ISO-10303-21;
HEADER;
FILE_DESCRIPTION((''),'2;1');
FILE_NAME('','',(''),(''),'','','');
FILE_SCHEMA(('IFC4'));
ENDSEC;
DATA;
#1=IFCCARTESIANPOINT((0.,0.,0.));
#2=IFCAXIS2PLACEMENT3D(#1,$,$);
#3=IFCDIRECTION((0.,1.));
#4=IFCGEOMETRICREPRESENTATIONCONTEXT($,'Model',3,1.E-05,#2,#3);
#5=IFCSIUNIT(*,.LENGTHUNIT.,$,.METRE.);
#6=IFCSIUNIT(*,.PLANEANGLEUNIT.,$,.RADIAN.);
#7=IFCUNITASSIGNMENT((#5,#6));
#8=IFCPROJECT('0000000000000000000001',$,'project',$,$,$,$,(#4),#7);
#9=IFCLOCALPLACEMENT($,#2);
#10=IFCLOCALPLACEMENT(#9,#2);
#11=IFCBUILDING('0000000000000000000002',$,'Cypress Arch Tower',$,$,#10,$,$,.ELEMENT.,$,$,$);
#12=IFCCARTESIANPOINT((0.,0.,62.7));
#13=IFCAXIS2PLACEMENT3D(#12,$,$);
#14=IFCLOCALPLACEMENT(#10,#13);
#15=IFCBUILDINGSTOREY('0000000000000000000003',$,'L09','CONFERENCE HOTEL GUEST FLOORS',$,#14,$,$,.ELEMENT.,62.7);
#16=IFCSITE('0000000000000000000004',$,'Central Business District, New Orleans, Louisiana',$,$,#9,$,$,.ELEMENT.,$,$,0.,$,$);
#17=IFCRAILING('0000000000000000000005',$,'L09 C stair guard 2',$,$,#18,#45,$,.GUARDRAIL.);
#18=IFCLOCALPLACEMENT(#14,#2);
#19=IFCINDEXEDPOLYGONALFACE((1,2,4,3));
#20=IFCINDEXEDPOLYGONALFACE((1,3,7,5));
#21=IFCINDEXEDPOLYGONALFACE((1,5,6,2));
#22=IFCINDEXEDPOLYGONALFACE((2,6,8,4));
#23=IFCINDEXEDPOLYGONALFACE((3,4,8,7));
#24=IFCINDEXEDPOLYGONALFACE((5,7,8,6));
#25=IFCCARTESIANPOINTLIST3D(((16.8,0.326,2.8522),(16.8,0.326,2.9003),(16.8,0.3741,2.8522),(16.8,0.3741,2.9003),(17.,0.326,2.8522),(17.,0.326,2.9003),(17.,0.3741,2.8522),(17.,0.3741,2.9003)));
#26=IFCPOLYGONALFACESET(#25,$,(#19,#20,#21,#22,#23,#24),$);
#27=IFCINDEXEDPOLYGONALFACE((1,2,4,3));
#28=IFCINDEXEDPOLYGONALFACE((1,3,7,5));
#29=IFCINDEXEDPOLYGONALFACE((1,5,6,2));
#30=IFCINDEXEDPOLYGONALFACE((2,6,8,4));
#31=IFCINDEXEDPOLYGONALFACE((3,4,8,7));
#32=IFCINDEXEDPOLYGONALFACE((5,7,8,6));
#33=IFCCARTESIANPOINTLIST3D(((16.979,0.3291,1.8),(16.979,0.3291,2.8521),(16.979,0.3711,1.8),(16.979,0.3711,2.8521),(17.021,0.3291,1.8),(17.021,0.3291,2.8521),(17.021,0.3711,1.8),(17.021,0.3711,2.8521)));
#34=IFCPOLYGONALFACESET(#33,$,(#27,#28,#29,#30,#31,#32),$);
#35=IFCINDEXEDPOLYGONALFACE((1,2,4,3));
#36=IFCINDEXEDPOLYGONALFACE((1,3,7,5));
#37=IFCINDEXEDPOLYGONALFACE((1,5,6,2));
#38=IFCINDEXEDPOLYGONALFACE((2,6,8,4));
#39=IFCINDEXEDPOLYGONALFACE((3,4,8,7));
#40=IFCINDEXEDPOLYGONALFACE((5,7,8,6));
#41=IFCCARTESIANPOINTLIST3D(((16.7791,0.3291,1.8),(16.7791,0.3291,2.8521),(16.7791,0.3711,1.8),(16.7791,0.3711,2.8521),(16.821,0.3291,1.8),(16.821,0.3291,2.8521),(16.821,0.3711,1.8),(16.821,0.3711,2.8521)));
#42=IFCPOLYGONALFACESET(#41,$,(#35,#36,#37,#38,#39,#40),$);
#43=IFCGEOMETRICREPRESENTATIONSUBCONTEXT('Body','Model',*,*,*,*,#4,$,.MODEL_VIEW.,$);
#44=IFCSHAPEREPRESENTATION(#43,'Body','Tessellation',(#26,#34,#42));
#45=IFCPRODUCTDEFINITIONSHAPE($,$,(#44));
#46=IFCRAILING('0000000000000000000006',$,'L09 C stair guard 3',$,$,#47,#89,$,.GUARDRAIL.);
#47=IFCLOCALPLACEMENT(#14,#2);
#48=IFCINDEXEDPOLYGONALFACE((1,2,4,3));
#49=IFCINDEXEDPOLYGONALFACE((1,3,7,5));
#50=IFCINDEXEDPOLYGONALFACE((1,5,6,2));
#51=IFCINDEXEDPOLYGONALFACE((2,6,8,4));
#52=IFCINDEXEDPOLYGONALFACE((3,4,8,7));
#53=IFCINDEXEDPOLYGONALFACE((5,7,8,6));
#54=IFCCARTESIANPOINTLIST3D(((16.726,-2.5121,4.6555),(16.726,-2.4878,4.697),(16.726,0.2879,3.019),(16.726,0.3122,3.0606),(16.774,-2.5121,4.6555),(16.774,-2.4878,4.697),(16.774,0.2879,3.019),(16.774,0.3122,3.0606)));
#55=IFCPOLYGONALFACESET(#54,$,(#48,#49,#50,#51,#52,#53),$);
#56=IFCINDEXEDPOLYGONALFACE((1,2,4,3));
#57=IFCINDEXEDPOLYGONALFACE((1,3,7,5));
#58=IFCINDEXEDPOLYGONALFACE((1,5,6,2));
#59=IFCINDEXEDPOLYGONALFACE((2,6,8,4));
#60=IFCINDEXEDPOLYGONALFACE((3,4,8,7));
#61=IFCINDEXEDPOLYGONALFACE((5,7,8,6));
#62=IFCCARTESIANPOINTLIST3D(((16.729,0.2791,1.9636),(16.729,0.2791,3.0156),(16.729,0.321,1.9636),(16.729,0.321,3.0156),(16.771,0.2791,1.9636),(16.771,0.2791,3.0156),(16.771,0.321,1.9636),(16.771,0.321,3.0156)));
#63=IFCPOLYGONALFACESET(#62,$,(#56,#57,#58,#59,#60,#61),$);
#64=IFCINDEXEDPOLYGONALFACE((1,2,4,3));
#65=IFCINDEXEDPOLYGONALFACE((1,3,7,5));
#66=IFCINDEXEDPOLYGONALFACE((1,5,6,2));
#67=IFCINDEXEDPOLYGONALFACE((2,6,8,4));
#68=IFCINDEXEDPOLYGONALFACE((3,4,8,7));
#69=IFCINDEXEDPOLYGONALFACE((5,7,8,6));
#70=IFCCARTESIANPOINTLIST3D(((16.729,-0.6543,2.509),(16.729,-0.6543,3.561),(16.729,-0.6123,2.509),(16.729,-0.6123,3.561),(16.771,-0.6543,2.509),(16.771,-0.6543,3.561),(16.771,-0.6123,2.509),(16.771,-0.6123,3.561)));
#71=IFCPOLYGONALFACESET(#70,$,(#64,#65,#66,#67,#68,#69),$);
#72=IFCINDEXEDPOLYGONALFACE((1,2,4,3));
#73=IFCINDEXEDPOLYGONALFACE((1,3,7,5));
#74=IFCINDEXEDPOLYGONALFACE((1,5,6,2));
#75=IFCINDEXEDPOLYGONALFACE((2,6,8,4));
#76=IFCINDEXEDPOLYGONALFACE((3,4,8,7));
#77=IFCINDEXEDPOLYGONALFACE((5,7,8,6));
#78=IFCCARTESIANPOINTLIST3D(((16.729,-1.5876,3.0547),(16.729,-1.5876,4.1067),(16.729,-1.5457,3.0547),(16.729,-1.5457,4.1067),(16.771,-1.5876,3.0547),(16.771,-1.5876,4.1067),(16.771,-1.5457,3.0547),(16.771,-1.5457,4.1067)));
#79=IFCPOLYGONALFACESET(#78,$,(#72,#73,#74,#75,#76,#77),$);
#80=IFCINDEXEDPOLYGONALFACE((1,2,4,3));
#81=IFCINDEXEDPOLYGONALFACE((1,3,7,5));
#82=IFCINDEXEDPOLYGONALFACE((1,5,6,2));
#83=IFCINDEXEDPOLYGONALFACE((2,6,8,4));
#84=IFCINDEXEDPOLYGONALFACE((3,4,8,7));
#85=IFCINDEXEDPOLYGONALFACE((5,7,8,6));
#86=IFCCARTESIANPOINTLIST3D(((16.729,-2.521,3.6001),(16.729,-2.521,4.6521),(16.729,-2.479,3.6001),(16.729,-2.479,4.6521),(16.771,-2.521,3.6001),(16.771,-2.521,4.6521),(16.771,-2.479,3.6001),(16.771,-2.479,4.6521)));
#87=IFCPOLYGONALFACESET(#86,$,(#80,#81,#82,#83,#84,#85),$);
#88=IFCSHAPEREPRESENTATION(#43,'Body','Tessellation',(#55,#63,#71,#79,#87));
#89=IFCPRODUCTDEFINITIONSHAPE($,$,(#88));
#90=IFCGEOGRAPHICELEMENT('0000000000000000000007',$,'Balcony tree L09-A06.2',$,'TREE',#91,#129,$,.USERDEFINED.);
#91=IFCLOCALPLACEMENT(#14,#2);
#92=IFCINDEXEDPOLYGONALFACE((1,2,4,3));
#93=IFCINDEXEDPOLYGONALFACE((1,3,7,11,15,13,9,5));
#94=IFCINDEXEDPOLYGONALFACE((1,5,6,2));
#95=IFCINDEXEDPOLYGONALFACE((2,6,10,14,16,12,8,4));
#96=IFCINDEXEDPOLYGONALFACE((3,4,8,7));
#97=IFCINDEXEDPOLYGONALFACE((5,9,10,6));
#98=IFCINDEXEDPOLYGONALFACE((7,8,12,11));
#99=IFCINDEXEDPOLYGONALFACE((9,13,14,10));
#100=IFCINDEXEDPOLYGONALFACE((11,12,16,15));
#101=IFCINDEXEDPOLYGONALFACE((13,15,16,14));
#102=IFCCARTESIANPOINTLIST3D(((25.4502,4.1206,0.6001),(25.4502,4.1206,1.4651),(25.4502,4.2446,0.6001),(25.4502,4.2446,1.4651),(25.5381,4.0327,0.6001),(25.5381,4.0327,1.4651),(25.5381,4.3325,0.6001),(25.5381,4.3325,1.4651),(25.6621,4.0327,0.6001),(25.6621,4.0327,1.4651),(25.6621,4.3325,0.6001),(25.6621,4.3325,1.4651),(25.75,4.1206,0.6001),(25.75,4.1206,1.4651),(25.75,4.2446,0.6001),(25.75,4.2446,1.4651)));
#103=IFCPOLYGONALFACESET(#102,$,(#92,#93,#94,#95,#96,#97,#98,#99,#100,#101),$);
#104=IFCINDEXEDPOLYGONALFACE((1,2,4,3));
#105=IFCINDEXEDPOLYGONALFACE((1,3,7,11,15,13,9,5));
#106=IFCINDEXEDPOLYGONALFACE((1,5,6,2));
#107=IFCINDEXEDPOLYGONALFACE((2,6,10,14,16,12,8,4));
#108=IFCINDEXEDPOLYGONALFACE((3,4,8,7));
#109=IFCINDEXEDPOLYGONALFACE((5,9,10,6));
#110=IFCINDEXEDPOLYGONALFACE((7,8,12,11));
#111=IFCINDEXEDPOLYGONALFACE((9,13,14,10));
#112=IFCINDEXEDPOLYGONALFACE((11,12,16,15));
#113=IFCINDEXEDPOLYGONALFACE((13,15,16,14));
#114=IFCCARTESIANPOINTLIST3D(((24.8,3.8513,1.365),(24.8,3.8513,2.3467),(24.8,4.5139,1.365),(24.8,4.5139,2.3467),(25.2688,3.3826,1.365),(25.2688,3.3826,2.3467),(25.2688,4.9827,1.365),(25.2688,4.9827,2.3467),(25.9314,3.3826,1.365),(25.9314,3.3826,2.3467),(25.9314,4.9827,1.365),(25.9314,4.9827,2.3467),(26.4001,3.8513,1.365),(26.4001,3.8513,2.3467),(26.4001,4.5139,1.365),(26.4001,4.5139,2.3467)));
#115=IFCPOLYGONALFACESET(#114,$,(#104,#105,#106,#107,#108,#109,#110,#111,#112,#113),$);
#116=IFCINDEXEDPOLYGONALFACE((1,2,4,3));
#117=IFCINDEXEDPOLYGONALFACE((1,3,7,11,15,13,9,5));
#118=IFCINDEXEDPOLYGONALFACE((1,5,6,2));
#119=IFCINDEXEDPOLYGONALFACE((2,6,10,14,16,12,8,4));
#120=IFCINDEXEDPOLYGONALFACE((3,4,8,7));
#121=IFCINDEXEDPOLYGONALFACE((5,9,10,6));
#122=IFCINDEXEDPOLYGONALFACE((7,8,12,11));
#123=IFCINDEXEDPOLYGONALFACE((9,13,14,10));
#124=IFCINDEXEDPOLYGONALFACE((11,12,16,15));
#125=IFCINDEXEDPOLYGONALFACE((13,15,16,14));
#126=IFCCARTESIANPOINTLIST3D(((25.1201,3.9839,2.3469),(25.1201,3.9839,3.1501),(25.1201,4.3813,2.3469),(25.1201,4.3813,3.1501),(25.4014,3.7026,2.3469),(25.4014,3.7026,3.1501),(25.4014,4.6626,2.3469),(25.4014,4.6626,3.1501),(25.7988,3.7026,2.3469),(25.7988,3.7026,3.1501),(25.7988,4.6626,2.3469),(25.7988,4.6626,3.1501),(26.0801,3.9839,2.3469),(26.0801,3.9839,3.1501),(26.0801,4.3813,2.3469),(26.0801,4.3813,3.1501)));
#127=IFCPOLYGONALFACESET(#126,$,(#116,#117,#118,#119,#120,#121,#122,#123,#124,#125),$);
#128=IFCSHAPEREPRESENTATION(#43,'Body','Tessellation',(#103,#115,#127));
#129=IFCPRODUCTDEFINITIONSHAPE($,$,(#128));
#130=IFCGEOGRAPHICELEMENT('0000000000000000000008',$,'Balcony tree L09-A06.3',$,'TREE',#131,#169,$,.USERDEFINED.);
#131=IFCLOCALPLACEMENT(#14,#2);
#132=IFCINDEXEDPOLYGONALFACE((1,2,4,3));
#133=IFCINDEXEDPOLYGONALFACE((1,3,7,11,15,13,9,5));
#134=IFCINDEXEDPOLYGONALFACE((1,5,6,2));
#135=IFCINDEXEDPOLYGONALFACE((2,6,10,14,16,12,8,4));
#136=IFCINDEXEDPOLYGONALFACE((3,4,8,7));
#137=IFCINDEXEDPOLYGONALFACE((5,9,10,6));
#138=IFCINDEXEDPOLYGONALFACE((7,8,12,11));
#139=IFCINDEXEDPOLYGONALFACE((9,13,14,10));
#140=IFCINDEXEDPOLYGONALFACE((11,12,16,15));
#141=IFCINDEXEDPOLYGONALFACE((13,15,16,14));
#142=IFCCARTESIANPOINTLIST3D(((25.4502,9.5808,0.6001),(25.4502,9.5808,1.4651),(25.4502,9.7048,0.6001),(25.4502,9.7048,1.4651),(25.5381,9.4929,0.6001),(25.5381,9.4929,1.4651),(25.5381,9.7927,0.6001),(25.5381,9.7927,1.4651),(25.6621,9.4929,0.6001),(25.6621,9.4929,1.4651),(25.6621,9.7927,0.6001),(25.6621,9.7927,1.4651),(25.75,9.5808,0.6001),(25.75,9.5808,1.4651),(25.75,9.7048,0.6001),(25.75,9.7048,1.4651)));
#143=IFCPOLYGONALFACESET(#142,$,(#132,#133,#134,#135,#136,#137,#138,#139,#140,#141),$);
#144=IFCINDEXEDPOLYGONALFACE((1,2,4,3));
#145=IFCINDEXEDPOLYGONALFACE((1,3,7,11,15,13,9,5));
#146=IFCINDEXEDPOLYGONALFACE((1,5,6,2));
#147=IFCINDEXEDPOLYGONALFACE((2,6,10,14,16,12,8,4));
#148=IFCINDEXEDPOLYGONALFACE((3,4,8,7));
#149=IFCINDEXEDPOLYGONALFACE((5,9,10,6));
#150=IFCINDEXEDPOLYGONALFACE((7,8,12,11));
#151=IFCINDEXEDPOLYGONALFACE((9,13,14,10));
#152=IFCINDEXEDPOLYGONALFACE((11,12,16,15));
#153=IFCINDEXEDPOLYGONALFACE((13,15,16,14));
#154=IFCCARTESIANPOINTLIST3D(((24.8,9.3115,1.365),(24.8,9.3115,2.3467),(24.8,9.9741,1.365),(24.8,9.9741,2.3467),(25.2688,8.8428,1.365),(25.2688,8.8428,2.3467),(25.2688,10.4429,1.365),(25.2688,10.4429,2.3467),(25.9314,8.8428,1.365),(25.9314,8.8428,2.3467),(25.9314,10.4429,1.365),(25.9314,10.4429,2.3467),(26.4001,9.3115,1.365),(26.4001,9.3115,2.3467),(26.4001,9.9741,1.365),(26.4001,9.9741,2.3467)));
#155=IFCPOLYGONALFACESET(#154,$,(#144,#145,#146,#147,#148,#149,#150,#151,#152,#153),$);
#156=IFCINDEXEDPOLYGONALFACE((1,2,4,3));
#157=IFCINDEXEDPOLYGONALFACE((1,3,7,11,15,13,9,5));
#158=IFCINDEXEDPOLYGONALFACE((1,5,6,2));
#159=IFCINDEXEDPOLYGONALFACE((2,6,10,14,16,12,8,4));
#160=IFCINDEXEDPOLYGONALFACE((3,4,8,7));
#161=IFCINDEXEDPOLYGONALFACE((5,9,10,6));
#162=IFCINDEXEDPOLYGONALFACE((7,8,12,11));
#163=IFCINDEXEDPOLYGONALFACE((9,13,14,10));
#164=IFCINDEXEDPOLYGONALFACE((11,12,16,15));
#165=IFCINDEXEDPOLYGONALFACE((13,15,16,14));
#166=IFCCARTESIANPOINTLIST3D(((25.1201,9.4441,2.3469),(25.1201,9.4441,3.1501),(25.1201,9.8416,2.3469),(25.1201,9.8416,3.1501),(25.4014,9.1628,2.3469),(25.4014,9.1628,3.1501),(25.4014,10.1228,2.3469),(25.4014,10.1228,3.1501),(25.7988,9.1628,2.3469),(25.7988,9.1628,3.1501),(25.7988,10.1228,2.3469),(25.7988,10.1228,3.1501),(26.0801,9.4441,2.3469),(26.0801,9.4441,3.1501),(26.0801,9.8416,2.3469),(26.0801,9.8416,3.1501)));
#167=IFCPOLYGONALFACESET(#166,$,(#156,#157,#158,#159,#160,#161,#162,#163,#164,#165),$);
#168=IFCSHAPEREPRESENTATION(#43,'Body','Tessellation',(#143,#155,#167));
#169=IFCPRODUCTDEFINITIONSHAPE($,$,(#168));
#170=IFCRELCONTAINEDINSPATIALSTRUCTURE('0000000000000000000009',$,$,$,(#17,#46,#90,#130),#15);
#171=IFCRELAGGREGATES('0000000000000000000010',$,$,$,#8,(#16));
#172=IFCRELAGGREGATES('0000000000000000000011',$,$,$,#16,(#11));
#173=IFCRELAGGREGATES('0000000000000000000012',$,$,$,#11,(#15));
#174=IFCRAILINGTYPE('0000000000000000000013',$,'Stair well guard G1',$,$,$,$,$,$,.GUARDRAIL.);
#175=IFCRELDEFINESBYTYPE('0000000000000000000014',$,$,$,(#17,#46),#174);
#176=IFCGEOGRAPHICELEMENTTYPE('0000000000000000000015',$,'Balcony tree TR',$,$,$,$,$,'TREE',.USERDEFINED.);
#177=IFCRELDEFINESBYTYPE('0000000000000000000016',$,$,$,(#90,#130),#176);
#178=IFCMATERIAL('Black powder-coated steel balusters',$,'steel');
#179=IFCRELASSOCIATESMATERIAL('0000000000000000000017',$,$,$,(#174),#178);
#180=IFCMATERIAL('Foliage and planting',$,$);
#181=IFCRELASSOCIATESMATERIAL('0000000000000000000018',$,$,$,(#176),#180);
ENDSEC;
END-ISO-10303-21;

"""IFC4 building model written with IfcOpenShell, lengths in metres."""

from ifc_helpers import new_model, si_unit, direction, frame, origin, origin_2d, place, context, subcontext, project, spatial, polyline, rectangle, outline, extrude, material, type_object, element, save


model = new_model("IFC4")

# Units and contexts
model_context = context("Model", 3, precision=1e-05, world=origin(), true_north=direction((0.0, 1.0)))
body_context = subcontext(model_context, "Body", "Model", "MODEL_VIEW")
ifc_project = project(units=[si_unit("LENGTHUNIT", "METRE"), si_unit("PLANEANGLEUNIT", "RADIAN")], contexts=[model_context])

# Site, building, storey
site_placement = place(None, origin())
site = spatial("IfcSite", under=ifc_project, at=site_placement, Name="Central Business District, New Orleans, Louisiana", CompositionType="ELEMENT", RefElevation=0.0)
building_placement = place(site_placement, origin())
building = spatial("IfcBuilding", under=site, at=building_placement, Name="Cypress Arch Tower", CompositionType="ELEMENT")
storey_placement = place(building_placement, frame((0.0, 0.0, 62.7)))
storey = spatial("IfcBuildingStorey", under=building, at=storey_placement, Name="L09", Description="CONFERENCE HOTEL GUEST FLOORS", CompositionType="ELEMENT", Elevation=62.7)

# Railings
ifc_material_1 = material(Name="Black powder-coated steel balusters", Category="steel")
railing_type_1 = type_object("IfcRailingType", Name="Stair well guard G1", PredefinedType="GUARDRAIL", material=ifc_material_1)
railing_1_placement = place(storey_placement, frame((17.0, 0.3501, 1.8)))
element("IfcRailing", 1, at=railing_1_placement, inside=storey, type_object=railing_type_1, Name="L09 C stair guard 2", PredefinedType="GUARDRAIL", context=body_context, shape_type="SweptSolid", body=[
    extrude(rectangle(XDim=0.0481, YDim=0.0481, at=origin_2d()), frame((0.0, 0.0, 1.0762), z_axis=(-1.0, 0.0, 0.0), x_axis=(0.0, -1.0, 0.0)), (0.0, 0.0, 1.0), 0.2),
    extrude(rectangle(XDim=0.042, YDim=0.042, at=origin_2d()), origin(), (0.0, 0.0, 1.0), 1.052),
    extrude(rectangle(XDim=0.042, YDim=0.042, at=origin_2d()), frame((-0.2, 0.0, 0.0)), (0.0, 0.0, 1.0), 1.052),
])
railing_2_placement = place(storey_placement, frame((16.75, 0.3, 1.9636)))
element("IfcRailing", 2, at=railing_2_placement, inside=storey, type_object=railing_type_1, Name="L09 C stair guard 3", PredefinedType="GUARDRAIL", context=body_context, shape_type="SweptSolid", body=[
    extrude(rectangle(XDim=0.0481, YDim=0.0481, at=origin_2d()), frame((0.0, 0.0, 1.0762), z_axis=(0.0, -0.863361, 0.504587), x_axis=(1.0, 0.0, 0.0)), (0.0, 0.0, 1.0), 3.2432),
    extrude(rectangle(XDim=0.042, YDim=0.042, at=origin_2d()), origin(), (0.0, 0.0, 1.0), 1.052),
    extrude(rectangle(XDim=0.042, YDim=0.042, at=origin_2d()), frame((0.0, -0.9333, 0.5454)), (0.0, 0.0, 1.0), 1.052),
    extrude(rectangle(XDim=0.042, YDim=0.042, at=origin_2d()), frame((0.0, -1.8667, 1.0911)), (0.0, 0.0, 1.0), 1.052),
    extrude(rectangle(XDim=0.042, YDim=0.042, at=origin_2d()), frame((0.0, -2.8, 1.6365)), (0.0, 0.0, 1.0), 1.052),
])

# Geographic elements
ifc_material_2 = material(Name="Foliage and planting")
geographic_element_type = type_object("IfcGeographicElementType", Name="Balcony tree TR", ElementType="TREE", PredefinedType="USERDEFINED", material=ifc_material_2)
for number, where, z_axis, x_axis, name in (
    (3, (25.6001, 4.1826, 0.6001), (0.0, 0.0, 1.0), (1.0, 0.0, 0.0), "Balcony tree L09-A06.2"),
    (4, (25.6001, 9.6428, 0.6001), (0.0, 0.0, 1.0), (1.0, 0.0, 0.0), "Balcony tree L09-A06.3"),
):
    element("IfcGeographicElement", number, at=place(storey_placement, frame(where, z_axis=z_axis, x_axis=x_axis)), inside=storey, type_object=geographic_element_type, Name=name, ObjectType="TREE", PredefinedType="USERDEFINED", context=body_context, shape_type="SweptSolid", body=[
        extrude(outline(polyline([(0.1499, 0.062), (0.062, 0.1499), (-0.062, 0.1499), (-0.1499, 0.062), (-0.1499, -0.062), (-0.062, -0.1499), (0.062, -0.1499), (0.1499, -0.062), (0.1499, 0.062)])), origin(), (0.0, 0.0, 1.0), 0.865),
        extrude(outline(polyline([(0.8, 0.3313), (0.3313, 0.8), (-0.3313, 0.8), (-0.8, 0.3313), (-0.8, -0.3313), (-0.3313, -0.8), (0.3313, -0.8), (0.8, -0.3313), (0.8, 0.3313)])), frame((0.0, 0.0, 0.7649)), (0.0, 0.0, 1.0), 0.9817),
        extrude(outline(polyline([(0.48, 0.1987), (0.1987, 0.48), (-0.1987, 0.48), (-0.48, 0.1987), (-0.48, -0.1987), (-0.1987, -0.48), (0.1987, -0.48), (0.48, -0.1987), (0.48, 0.1987)])), frame((0.0, 0.0, 1.7468)), (0.0, 0.0, 1.0), 0.8032),
    ])

save(model, "model.ifc")
